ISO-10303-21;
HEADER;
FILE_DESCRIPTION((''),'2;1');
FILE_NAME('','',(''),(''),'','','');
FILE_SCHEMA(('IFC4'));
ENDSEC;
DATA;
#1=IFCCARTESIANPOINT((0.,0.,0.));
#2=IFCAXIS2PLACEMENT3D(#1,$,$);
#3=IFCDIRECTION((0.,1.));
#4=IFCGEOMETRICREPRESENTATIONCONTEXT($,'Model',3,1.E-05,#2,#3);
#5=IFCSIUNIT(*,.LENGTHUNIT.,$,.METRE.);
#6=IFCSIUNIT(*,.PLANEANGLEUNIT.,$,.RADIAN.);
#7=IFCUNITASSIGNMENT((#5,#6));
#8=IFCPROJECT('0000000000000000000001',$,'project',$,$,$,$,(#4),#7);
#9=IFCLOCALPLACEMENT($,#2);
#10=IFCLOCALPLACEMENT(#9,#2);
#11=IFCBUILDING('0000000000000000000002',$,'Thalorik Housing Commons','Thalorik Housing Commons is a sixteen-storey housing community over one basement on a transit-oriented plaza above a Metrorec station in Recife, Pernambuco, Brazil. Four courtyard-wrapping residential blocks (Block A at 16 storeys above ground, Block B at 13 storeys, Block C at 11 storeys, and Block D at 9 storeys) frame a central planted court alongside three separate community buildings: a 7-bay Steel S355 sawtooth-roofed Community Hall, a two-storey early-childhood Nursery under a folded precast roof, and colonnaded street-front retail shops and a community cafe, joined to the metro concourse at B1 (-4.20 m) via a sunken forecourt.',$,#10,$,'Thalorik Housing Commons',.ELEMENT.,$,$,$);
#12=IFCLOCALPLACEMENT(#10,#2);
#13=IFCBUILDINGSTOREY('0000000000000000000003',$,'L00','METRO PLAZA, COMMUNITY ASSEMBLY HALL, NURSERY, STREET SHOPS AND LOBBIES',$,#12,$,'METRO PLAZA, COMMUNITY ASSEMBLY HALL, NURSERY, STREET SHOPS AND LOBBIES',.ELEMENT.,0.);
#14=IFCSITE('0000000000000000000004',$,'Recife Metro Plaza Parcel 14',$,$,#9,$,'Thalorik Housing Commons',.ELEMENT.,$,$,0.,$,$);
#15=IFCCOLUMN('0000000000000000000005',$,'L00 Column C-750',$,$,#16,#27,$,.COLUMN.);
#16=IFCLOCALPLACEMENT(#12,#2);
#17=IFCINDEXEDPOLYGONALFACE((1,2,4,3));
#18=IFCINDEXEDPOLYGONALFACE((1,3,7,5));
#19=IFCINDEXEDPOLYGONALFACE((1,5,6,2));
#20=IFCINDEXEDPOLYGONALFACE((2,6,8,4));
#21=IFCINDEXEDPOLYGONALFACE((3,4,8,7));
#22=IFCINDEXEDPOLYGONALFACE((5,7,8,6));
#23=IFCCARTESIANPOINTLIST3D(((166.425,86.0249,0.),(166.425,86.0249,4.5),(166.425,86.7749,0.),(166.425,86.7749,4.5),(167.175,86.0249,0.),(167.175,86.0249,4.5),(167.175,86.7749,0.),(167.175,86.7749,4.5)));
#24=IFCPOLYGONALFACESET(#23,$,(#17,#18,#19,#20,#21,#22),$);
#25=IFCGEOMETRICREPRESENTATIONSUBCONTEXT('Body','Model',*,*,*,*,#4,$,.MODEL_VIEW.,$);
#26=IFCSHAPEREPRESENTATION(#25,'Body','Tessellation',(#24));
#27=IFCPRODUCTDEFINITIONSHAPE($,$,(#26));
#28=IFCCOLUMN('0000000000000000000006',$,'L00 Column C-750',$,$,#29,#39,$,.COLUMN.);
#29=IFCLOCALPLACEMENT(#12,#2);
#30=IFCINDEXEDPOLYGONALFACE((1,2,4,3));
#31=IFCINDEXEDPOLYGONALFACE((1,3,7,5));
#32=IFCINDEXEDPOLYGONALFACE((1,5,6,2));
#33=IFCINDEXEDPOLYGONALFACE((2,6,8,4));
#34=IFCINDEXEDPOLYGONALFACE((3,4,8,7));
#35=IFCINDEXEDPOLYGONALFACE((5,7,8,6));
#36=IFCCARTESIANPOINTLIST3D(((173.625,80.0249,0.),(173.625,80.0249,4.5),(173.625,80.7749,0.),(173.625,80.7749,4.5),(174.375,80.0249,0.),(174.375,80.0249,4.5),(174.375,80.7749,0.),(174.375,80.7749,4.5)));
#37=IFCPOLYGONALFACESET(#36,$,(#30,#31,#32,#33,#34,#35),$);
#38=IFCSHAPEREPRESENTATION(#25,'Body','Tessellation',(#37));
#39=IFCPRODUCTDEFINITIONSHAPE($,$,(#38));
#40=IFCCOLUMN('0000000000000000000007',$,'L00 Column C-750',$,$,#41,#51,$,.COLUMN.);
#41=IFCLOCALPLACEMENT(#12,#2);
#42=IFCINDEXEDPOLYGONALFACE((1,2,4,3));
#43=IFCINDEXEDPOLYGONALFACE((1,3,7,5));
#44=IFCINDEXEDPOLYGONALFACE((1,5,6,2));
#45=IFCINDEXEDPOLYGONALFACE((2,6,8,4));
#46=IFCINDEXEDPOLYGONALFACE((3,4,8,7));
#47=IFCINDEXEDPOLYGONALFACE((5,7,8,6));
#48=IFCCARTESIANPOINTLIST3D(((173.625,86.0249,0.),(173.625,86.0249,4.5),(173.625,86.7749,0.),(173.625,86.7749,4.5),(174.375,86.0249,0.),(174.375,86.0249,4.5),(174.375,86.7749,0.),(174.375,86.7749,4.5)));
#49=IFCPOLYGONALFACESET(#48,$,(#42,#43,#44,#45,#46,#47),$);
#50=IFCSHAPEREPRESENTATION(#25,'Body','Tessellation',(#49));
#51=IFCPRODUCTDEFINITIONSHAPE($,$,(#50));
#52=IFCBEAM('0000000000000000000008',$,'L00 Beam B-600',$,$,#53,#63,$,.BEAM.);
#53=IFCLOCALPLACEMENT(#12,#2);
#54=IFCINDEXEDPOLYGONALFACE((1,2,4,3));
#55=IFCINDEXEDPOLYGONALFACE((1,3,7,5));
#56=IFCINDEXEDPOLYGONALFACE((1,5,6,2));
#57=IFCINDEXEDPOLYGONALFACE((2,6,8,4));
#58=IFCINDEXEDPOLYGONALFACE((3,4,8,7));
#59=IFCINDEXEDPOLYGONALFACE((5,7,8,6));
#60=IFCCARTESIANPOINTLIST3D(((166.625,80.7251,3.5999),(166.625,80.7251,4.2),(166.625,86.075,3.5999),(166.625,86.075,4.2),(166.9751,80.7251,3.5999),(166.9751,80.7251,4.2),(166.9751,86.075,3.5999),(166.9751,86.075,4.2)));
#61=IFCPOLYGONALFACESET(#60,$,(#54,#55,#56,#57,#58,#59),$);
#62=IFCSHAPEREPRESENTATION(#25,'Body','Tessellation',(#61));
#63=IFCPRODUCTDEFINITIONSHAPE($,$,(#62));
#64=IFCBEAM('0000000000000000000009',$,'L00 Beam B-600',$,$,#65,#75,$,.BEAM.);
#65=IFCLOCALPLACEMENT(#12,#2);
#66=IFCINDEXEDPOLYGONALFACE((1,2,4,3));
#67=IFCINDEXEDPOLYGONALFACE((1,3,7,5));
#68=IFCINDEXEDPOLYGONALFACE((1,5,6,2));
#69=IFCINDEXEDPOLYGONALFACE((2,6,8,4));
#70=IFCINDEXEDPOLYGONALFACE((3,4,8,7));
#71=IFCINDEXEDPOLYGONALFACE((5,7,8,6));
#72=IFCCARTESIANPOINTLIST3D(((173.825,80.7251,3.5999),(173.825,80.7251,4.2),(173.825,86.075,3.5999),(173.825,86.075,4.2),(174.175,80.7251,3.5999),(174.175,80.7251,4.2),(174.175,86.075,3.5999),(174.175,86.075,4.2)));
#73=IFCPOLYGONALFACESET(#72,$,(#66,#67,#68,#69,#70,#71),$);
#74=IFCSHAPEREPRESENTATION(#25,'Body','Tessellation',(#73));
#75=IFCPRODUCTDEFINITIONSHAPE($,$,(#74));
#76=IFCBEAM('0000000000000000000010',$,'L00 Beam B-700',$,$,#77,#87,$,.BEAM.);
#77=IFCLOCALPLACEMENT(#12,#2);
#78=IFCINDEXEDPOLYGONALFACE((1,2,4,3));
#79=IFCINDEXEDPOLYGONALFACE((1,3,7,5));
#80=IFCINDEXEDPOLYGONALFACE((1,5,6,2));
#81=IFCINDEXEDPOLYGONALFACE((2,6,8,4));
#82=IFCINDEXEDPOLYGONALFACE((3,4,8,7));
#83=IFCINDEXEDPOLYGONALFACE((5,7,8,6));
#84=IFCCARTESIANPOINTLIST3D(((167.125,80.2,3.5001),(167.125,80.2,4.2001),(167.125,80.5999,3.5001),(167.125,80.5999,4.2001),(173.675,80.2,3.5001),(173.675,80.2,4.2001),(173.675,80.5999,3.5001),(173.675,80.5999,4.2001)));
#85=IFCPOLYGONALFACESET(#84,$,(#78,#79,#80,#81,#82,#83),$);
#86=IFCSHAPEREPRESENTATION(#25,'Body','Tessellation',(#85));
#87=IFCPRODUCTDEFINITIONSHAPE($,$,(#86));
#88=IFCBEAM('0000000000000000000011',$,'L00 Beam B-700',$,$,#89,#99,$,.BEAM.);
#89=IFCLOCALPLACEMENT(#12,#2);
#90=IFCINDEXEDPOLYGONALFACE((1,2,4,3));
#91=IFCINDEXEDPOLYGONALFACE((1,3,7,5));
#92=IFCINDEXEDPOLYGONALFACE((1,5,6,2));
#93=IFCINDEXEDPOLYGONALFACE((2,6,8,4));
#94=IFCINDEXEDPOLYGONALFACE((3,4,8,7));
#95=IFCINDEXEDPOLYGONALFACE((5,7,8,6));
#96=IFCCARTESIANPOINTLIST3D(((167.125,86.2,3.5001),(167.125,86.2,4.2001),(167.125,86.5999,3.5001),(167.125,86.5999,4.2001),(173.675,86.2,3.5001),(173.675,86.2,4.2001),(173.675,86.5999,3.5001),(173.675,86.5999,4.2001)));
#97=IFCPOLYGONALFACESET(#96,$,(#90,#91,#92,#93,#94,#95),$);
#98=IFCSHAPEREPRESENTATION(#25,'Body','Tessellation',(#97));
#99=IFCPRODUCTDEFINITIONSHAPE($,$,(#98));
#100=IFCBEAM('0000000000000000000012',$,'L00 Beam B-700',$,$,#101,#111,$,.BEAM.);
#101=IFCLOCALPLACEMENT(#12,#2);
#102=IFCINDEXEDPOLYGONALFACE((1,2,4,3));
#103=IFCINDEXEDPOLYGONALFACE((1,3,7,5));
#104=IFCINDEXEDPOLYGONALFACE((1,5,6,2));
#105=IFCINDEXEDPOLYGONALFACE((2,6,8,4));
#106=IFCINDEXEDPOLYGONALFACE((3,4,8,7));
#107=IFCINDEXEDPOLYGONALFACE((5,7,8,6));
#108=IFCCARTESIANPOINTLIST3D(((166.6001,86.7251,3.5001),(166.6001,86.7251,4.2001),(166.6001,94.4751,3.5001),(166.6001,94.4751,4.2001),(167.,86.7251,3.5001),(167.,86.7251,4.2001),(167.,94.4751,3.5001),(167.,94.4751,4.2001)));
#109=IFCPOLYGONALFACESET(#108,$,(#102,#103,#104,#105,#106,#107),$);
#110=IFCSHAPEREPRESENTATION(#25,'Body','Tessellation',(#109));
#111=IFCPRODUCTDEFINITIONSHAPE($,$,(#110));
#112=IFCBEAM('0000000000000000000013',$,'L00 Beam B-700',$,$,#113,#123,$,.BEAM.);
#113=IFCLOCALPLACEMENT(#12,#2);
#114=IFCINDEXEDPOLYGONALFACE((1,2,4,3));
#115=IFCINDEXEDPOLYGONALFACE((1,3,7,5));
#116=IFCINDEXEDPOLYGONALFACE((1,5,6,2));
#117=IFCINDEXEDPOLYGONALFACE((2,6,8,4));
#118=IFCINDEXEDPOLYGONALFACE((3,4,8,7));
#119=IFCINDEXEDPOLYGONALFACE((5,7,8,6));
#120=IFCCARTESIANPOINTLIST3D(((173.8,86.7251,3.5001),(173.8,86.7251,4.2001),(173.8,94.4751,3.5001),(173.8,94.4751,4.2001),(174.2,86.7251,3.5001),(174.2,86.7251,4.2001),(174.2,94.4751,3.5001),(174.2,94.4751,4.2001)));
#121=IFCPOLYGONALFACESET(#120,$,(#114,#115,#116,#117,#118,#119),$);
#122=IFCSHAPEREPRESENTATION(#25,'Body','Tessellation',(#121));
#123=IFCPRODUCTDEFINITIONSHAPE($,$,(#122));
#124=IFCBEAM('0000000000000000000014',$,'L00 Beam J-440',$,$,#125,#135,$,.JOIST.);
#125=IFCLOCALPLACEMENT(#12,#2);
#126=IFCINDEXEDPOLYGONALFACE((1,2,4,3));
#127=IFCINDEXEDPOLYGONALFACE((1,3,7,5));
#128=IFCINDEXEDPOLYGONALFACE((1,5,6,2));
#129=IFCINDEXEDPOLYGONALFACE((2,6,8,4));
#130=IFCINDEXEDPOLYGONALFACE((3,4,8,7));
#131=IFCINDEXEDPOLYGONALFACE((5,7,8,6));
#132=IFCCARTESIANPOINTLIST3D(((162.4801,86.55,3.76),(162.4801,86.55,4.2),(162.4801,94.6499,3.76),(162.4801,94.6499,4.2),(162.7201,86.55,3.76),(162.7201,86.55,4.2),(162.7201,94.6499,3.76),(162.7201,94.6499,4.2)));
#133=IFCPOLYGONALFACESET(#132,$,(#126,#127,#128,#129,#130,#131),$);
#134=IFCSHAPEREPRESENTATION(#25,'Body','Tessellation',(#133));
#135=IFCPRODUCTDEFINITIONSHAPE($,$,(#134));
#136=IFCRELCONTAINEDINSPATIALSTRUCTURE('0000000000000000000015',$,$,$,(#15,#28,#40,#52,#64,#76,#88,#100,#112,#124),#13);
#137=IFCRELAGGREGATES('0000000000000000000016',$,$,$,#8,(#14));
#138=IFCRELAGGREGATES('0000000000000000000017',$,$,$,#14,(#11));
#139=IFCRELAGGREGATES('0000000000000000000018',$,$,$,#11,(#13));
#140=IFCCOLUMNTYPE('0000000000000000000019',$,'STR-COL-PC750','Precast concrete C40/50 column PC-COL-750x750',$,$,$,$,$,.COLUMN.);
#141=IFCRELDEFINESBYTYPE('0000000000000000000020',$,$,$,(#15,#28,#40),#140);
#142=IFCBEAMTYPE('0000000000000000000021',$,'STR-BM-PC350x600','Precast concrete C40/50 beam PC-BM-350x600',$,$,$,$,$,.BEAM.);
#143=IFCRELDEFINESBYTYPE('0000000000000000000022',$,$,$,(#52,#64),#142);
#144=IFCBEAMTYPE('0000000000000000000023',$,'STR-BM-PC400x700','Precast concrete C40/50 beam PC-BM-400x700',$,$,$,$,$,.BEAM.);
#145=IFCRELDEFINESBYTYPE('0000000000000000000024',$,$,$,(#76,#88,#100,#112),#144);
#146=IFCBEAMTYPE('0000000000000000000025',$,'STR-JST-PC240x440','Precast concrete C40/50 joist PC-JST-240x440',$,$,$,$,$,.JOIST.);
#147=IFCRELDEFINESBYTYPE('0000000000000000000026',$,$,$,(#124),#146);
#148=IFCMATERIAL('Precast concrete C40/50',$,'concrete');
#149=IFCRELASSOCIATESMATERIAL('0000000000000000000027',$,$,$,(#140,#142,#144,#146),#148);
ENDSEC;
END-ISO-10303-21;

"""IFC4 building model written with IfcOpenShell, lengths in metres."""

from ifc_helpers import new_model, si_unit, direction, frame, origin, origin_2d, place, context, subcontext, project, spatial, rectangle, extrude, material, material_profile, profile_set, type_object, element, save


model = new_model("IFC4")

# Units and contexts
model_context = context("Model", 3, precision=1e-05, world=origin(), true_north=direction((0.0, 1.0)))
body_context = subcontext(model_context, "Body", "Model", "MODEL_VIEW")
ifc_project = project(units=[si_unit("LENGTHUNIT", "METRE"), si_unit("PLANEANGLEUNIT", "RADIAN")], contexts=[model_context])

# Site, building, storey
site_placement = place(None, origin())
site = spatial("IfcSite", under=ifc_project, at=site_placement, Name="Recife Metro Plaza Parcel 14", LongName="Thalorik Housing Commons", CompositionType="ELEMENT", RefElevation=0.0)
building_placement = place(site_placement, origin())
building = spatial("IfcBuilding", under=site, at=building_placement, Name="Thalorik Housing Commons", Description="Thalorik Housing Commons is a sixteen-storey housing community over one basement on a transit-oriented plaza above a Metrorec station in Recife, Pernambuco, Brazil. Four courtyard-wrapping residential blocks (Block A at 16 storeys above ground, Block B at 13 storeys, Block C at 11 storeys, and Block D at 9 storeys) frame a central planted court alongside three separate community buildings: a 7-bay Steel S355 sawtooth-roofed Community Hall, a two-storey early-childhood Nursery under a folded precast roof, and colonnaded street-front retail shops and a community cafe, joined to the metro concourse at B1 (-4.20 m) via a sunken forecourt.", LongName="Thalorik Housing Commons", CompositionType="ELEMENT")
storey_placement = place(building_placement, origin())
storey = spatial("IfcBuildingStorey", under=building, at=storey_placement, Name="L00", Description="METRO PLAZA, COMMUNITY ASSEMBLY HALL, NURSERY, STREET SHOPS AND LOBBIES", LongName="METRO PLAZA, COMMUNITY ASSEMBLY HALL, NURSERY, STREET SHOPS AND LOBBIES", CompositionType="ELEMENT", Elevation=0.0)

# Columns
ifc_material_1 = material(Name="Precast concrete C40/50", Category="concrete")
ifc_material_profile_1 = material_profile(ifc_material_1, rectangle(XDim=0.75, YDim=0.75, at=origin_2d()), Name="PC 750x750", Category="concrete")
ifc_profile_set_1 = profile_set([ifc_material_profile_1], Name="Precast concrete C40/50")
column_type = type_object("IfcColumnType", Name="STR-COL-PC750", Description="Precast concrete C40/50 column PC-COL-750x750", PredefinedType="COLUMN", material=ifc_profile_set_1)
for number, where, z_axis, x_axis, name in (
    (1, (166.8, 86.3999, 0.0), (0.0, 0.0, 1.0), (1.0, 0.0, 0.0), "L00 Column C-750"),
    (2, (174.0, 80.3999, 0.0), (0.0, 0.0, 1.0), (1.0, 0.0, 0.0), "L00 Column C-750"),
    (3, (174.0, 86.3999, 0.0), (0.0, 0.0, 1.0), (1.0, 0.0, 0.0), "L00 Column C-750"),
):
    element("IfcColumn", number, at=place(storey_placement, frame(where, z_axis=z_axis, x_axis=x_axis)), inside=storey, type_object=column_type, Name=name, PredefinedType="COLUMN", context=body_context, shape_type="SweptSolid", body=[
        extrude(rectangle(XDim=0.75, YDim=0.75, at=origin_2d()), origin(), (0.0, 0.0, 1.0), 4.5),
    ])

# Beams
ifc_material_profile_2 = material_profile(ifc_material_1, rectangle(XDim=0.3501, YDim=0.6001, at=origin_2d()), Name="PC 350x600", Category="concrete")
ifc_profile_set_2 = profile_set([ifc_material_profile_2], Name="Precast concrete C40/50")
beam_type_1 = type_object("IfcBeamType", Name="STR-BM-PC350x600", Description="Precast concrete C40/50 beam PC-BM-350x600", PredefinedType="BEAM", material=ifc_profile_set_2)
for number, where, z_axis, x_axis, name in (
    (4, (166.8, 80.7251, 3.8999), (0.0, 1.0, 0.0), (-1.0, 0.0, 0.0), "L00 Beam B-600"),
    (5, (174.0, 80.7251, 3.8999), (0.0, 1.0, 0.0), (-1.0, 0.0, 0.0), "L00 Beam B-600"),
):
    element("IfcBeam", number, at=place(storey_placement, frame(where, z_axis=z_axis, x_axis=x_axis)), inside=storey, type_object=beam_type_1, Name=name, PredefinedType="BEAM", context=body_context, shape_type="SweptSolid", body=[
        extrude(rectangle(XDim=0.3501, YDim=0.6001, at=origin_2d()), origin(), (0.0, 0.0, 1.0), 5.3499),
    ])
ifc_material_profile_3 = material_profile(ifc_material_1, rectangle(XDim=0.3999, YDim=0.7, at=origin_2d()), Name="PC 400x700", Category="concrete")
ifc_profile_set_3 = profile_set([ifc_material_profile_3], Name="Precast concrete C40/50")
beam_type_2 = type_object("IfcBeamType", Name="STR-BM-PC400x700", Description="Precast concrete C40/50 beam PC-BM-400x700", PredefinedType="BEAM", material=ifc_profile_set_3)
for number, where, z_axis, x_axis, name in (
    (6, (167.125, 80.3999, 3.8501), (1.0, 0.0, 0.0), (0.0, 1.0, 0.0), "L00 Beam B-700"),
    (7, (167.125, 86.3999, 3.8501), (1.0, 0.0, 0.0), (0.0, 1.0, 0.0), "L00 Beam B-700"),
):
    element("IfcBeam", number, at=place(storey_placement, frame(where, z_axis=z_axis, x_axis=x_axis)), inside=storey, type_object=beam_type_2, Name=name, PredefinedType="BEAM", context=body_context, shape_type="SweptSolid", body=[
        extrude(rectangle(XDim=0.3999, YDim=0.7, at=origin_2d()), origin(), (0.0, 0.0, 1.0), 6.55),
    ])
for number, where, z_axis, x_axis, name in (
    (8, (166.8, 86.7251, 3.8501), (0.0, 1.0, 0.0), (-1.0, 0.0, 0.0), "L00 Beam B-700"),
    (9, (174.0, 86.7251, 3.8501), (0.0, 1.0, 0.0), (-1.0, 0.0, 0.0), "L00 Beam B-700"),
):
    element("IfcBeam", number, at=place(storey_placement, frame(where, z_axis=z_axis, x_axis=x_axis)), inside=storey, type_object=beam_type_2, Name=name, PredefinedType="BEAM", context=body_context, shape_type="SweptSolid", body=[
        extrude(rectangle(XDim=0.3999, YDim=0.7, at=origin_2d()), origin(), (0.0, 0.0, 1.0), 7.75),
    ])
ifc_material_profile_4 = material_profile(ifc_material_1, rectangle(XDim=0.24, YDim=0.4399, at=origin_2d()), Name="PC JST 240x440", Category="concrete")
ifc_profile_set_4 = profile_set([ifc_material_profile_4], Name="Precast concrete C40/50")
beam_type_3 = type_object("IfcBeamType", Name="STR-JST-PC240x440", Description="Precast concrete C40/50 joist PC-JST-240x440", PredefinedType="JOIST", material=ifc_profile_set_4)
beam_placement = place(storey_placement, frame((162.6001, 86.55, 3.98), z_axis=(0.0, 1.0, 0.0), x_axis=(-1.0, 0.0, 0.0)))
element("IfcBeam", 10, at=beam_placement, inside=storey, type_object=beam_type_3, Name="L00 Beam J-440", PredefinedType="JOIST", context=body_context, shape_type="SweptSolid", body=[
    extrude(rectangle(XDim=0.24, YDim=0.4399, at=origin_2d()), origin(), (0.0, 0.0, 1.0), 8.0999),
])

save(model, "model.ifc")
